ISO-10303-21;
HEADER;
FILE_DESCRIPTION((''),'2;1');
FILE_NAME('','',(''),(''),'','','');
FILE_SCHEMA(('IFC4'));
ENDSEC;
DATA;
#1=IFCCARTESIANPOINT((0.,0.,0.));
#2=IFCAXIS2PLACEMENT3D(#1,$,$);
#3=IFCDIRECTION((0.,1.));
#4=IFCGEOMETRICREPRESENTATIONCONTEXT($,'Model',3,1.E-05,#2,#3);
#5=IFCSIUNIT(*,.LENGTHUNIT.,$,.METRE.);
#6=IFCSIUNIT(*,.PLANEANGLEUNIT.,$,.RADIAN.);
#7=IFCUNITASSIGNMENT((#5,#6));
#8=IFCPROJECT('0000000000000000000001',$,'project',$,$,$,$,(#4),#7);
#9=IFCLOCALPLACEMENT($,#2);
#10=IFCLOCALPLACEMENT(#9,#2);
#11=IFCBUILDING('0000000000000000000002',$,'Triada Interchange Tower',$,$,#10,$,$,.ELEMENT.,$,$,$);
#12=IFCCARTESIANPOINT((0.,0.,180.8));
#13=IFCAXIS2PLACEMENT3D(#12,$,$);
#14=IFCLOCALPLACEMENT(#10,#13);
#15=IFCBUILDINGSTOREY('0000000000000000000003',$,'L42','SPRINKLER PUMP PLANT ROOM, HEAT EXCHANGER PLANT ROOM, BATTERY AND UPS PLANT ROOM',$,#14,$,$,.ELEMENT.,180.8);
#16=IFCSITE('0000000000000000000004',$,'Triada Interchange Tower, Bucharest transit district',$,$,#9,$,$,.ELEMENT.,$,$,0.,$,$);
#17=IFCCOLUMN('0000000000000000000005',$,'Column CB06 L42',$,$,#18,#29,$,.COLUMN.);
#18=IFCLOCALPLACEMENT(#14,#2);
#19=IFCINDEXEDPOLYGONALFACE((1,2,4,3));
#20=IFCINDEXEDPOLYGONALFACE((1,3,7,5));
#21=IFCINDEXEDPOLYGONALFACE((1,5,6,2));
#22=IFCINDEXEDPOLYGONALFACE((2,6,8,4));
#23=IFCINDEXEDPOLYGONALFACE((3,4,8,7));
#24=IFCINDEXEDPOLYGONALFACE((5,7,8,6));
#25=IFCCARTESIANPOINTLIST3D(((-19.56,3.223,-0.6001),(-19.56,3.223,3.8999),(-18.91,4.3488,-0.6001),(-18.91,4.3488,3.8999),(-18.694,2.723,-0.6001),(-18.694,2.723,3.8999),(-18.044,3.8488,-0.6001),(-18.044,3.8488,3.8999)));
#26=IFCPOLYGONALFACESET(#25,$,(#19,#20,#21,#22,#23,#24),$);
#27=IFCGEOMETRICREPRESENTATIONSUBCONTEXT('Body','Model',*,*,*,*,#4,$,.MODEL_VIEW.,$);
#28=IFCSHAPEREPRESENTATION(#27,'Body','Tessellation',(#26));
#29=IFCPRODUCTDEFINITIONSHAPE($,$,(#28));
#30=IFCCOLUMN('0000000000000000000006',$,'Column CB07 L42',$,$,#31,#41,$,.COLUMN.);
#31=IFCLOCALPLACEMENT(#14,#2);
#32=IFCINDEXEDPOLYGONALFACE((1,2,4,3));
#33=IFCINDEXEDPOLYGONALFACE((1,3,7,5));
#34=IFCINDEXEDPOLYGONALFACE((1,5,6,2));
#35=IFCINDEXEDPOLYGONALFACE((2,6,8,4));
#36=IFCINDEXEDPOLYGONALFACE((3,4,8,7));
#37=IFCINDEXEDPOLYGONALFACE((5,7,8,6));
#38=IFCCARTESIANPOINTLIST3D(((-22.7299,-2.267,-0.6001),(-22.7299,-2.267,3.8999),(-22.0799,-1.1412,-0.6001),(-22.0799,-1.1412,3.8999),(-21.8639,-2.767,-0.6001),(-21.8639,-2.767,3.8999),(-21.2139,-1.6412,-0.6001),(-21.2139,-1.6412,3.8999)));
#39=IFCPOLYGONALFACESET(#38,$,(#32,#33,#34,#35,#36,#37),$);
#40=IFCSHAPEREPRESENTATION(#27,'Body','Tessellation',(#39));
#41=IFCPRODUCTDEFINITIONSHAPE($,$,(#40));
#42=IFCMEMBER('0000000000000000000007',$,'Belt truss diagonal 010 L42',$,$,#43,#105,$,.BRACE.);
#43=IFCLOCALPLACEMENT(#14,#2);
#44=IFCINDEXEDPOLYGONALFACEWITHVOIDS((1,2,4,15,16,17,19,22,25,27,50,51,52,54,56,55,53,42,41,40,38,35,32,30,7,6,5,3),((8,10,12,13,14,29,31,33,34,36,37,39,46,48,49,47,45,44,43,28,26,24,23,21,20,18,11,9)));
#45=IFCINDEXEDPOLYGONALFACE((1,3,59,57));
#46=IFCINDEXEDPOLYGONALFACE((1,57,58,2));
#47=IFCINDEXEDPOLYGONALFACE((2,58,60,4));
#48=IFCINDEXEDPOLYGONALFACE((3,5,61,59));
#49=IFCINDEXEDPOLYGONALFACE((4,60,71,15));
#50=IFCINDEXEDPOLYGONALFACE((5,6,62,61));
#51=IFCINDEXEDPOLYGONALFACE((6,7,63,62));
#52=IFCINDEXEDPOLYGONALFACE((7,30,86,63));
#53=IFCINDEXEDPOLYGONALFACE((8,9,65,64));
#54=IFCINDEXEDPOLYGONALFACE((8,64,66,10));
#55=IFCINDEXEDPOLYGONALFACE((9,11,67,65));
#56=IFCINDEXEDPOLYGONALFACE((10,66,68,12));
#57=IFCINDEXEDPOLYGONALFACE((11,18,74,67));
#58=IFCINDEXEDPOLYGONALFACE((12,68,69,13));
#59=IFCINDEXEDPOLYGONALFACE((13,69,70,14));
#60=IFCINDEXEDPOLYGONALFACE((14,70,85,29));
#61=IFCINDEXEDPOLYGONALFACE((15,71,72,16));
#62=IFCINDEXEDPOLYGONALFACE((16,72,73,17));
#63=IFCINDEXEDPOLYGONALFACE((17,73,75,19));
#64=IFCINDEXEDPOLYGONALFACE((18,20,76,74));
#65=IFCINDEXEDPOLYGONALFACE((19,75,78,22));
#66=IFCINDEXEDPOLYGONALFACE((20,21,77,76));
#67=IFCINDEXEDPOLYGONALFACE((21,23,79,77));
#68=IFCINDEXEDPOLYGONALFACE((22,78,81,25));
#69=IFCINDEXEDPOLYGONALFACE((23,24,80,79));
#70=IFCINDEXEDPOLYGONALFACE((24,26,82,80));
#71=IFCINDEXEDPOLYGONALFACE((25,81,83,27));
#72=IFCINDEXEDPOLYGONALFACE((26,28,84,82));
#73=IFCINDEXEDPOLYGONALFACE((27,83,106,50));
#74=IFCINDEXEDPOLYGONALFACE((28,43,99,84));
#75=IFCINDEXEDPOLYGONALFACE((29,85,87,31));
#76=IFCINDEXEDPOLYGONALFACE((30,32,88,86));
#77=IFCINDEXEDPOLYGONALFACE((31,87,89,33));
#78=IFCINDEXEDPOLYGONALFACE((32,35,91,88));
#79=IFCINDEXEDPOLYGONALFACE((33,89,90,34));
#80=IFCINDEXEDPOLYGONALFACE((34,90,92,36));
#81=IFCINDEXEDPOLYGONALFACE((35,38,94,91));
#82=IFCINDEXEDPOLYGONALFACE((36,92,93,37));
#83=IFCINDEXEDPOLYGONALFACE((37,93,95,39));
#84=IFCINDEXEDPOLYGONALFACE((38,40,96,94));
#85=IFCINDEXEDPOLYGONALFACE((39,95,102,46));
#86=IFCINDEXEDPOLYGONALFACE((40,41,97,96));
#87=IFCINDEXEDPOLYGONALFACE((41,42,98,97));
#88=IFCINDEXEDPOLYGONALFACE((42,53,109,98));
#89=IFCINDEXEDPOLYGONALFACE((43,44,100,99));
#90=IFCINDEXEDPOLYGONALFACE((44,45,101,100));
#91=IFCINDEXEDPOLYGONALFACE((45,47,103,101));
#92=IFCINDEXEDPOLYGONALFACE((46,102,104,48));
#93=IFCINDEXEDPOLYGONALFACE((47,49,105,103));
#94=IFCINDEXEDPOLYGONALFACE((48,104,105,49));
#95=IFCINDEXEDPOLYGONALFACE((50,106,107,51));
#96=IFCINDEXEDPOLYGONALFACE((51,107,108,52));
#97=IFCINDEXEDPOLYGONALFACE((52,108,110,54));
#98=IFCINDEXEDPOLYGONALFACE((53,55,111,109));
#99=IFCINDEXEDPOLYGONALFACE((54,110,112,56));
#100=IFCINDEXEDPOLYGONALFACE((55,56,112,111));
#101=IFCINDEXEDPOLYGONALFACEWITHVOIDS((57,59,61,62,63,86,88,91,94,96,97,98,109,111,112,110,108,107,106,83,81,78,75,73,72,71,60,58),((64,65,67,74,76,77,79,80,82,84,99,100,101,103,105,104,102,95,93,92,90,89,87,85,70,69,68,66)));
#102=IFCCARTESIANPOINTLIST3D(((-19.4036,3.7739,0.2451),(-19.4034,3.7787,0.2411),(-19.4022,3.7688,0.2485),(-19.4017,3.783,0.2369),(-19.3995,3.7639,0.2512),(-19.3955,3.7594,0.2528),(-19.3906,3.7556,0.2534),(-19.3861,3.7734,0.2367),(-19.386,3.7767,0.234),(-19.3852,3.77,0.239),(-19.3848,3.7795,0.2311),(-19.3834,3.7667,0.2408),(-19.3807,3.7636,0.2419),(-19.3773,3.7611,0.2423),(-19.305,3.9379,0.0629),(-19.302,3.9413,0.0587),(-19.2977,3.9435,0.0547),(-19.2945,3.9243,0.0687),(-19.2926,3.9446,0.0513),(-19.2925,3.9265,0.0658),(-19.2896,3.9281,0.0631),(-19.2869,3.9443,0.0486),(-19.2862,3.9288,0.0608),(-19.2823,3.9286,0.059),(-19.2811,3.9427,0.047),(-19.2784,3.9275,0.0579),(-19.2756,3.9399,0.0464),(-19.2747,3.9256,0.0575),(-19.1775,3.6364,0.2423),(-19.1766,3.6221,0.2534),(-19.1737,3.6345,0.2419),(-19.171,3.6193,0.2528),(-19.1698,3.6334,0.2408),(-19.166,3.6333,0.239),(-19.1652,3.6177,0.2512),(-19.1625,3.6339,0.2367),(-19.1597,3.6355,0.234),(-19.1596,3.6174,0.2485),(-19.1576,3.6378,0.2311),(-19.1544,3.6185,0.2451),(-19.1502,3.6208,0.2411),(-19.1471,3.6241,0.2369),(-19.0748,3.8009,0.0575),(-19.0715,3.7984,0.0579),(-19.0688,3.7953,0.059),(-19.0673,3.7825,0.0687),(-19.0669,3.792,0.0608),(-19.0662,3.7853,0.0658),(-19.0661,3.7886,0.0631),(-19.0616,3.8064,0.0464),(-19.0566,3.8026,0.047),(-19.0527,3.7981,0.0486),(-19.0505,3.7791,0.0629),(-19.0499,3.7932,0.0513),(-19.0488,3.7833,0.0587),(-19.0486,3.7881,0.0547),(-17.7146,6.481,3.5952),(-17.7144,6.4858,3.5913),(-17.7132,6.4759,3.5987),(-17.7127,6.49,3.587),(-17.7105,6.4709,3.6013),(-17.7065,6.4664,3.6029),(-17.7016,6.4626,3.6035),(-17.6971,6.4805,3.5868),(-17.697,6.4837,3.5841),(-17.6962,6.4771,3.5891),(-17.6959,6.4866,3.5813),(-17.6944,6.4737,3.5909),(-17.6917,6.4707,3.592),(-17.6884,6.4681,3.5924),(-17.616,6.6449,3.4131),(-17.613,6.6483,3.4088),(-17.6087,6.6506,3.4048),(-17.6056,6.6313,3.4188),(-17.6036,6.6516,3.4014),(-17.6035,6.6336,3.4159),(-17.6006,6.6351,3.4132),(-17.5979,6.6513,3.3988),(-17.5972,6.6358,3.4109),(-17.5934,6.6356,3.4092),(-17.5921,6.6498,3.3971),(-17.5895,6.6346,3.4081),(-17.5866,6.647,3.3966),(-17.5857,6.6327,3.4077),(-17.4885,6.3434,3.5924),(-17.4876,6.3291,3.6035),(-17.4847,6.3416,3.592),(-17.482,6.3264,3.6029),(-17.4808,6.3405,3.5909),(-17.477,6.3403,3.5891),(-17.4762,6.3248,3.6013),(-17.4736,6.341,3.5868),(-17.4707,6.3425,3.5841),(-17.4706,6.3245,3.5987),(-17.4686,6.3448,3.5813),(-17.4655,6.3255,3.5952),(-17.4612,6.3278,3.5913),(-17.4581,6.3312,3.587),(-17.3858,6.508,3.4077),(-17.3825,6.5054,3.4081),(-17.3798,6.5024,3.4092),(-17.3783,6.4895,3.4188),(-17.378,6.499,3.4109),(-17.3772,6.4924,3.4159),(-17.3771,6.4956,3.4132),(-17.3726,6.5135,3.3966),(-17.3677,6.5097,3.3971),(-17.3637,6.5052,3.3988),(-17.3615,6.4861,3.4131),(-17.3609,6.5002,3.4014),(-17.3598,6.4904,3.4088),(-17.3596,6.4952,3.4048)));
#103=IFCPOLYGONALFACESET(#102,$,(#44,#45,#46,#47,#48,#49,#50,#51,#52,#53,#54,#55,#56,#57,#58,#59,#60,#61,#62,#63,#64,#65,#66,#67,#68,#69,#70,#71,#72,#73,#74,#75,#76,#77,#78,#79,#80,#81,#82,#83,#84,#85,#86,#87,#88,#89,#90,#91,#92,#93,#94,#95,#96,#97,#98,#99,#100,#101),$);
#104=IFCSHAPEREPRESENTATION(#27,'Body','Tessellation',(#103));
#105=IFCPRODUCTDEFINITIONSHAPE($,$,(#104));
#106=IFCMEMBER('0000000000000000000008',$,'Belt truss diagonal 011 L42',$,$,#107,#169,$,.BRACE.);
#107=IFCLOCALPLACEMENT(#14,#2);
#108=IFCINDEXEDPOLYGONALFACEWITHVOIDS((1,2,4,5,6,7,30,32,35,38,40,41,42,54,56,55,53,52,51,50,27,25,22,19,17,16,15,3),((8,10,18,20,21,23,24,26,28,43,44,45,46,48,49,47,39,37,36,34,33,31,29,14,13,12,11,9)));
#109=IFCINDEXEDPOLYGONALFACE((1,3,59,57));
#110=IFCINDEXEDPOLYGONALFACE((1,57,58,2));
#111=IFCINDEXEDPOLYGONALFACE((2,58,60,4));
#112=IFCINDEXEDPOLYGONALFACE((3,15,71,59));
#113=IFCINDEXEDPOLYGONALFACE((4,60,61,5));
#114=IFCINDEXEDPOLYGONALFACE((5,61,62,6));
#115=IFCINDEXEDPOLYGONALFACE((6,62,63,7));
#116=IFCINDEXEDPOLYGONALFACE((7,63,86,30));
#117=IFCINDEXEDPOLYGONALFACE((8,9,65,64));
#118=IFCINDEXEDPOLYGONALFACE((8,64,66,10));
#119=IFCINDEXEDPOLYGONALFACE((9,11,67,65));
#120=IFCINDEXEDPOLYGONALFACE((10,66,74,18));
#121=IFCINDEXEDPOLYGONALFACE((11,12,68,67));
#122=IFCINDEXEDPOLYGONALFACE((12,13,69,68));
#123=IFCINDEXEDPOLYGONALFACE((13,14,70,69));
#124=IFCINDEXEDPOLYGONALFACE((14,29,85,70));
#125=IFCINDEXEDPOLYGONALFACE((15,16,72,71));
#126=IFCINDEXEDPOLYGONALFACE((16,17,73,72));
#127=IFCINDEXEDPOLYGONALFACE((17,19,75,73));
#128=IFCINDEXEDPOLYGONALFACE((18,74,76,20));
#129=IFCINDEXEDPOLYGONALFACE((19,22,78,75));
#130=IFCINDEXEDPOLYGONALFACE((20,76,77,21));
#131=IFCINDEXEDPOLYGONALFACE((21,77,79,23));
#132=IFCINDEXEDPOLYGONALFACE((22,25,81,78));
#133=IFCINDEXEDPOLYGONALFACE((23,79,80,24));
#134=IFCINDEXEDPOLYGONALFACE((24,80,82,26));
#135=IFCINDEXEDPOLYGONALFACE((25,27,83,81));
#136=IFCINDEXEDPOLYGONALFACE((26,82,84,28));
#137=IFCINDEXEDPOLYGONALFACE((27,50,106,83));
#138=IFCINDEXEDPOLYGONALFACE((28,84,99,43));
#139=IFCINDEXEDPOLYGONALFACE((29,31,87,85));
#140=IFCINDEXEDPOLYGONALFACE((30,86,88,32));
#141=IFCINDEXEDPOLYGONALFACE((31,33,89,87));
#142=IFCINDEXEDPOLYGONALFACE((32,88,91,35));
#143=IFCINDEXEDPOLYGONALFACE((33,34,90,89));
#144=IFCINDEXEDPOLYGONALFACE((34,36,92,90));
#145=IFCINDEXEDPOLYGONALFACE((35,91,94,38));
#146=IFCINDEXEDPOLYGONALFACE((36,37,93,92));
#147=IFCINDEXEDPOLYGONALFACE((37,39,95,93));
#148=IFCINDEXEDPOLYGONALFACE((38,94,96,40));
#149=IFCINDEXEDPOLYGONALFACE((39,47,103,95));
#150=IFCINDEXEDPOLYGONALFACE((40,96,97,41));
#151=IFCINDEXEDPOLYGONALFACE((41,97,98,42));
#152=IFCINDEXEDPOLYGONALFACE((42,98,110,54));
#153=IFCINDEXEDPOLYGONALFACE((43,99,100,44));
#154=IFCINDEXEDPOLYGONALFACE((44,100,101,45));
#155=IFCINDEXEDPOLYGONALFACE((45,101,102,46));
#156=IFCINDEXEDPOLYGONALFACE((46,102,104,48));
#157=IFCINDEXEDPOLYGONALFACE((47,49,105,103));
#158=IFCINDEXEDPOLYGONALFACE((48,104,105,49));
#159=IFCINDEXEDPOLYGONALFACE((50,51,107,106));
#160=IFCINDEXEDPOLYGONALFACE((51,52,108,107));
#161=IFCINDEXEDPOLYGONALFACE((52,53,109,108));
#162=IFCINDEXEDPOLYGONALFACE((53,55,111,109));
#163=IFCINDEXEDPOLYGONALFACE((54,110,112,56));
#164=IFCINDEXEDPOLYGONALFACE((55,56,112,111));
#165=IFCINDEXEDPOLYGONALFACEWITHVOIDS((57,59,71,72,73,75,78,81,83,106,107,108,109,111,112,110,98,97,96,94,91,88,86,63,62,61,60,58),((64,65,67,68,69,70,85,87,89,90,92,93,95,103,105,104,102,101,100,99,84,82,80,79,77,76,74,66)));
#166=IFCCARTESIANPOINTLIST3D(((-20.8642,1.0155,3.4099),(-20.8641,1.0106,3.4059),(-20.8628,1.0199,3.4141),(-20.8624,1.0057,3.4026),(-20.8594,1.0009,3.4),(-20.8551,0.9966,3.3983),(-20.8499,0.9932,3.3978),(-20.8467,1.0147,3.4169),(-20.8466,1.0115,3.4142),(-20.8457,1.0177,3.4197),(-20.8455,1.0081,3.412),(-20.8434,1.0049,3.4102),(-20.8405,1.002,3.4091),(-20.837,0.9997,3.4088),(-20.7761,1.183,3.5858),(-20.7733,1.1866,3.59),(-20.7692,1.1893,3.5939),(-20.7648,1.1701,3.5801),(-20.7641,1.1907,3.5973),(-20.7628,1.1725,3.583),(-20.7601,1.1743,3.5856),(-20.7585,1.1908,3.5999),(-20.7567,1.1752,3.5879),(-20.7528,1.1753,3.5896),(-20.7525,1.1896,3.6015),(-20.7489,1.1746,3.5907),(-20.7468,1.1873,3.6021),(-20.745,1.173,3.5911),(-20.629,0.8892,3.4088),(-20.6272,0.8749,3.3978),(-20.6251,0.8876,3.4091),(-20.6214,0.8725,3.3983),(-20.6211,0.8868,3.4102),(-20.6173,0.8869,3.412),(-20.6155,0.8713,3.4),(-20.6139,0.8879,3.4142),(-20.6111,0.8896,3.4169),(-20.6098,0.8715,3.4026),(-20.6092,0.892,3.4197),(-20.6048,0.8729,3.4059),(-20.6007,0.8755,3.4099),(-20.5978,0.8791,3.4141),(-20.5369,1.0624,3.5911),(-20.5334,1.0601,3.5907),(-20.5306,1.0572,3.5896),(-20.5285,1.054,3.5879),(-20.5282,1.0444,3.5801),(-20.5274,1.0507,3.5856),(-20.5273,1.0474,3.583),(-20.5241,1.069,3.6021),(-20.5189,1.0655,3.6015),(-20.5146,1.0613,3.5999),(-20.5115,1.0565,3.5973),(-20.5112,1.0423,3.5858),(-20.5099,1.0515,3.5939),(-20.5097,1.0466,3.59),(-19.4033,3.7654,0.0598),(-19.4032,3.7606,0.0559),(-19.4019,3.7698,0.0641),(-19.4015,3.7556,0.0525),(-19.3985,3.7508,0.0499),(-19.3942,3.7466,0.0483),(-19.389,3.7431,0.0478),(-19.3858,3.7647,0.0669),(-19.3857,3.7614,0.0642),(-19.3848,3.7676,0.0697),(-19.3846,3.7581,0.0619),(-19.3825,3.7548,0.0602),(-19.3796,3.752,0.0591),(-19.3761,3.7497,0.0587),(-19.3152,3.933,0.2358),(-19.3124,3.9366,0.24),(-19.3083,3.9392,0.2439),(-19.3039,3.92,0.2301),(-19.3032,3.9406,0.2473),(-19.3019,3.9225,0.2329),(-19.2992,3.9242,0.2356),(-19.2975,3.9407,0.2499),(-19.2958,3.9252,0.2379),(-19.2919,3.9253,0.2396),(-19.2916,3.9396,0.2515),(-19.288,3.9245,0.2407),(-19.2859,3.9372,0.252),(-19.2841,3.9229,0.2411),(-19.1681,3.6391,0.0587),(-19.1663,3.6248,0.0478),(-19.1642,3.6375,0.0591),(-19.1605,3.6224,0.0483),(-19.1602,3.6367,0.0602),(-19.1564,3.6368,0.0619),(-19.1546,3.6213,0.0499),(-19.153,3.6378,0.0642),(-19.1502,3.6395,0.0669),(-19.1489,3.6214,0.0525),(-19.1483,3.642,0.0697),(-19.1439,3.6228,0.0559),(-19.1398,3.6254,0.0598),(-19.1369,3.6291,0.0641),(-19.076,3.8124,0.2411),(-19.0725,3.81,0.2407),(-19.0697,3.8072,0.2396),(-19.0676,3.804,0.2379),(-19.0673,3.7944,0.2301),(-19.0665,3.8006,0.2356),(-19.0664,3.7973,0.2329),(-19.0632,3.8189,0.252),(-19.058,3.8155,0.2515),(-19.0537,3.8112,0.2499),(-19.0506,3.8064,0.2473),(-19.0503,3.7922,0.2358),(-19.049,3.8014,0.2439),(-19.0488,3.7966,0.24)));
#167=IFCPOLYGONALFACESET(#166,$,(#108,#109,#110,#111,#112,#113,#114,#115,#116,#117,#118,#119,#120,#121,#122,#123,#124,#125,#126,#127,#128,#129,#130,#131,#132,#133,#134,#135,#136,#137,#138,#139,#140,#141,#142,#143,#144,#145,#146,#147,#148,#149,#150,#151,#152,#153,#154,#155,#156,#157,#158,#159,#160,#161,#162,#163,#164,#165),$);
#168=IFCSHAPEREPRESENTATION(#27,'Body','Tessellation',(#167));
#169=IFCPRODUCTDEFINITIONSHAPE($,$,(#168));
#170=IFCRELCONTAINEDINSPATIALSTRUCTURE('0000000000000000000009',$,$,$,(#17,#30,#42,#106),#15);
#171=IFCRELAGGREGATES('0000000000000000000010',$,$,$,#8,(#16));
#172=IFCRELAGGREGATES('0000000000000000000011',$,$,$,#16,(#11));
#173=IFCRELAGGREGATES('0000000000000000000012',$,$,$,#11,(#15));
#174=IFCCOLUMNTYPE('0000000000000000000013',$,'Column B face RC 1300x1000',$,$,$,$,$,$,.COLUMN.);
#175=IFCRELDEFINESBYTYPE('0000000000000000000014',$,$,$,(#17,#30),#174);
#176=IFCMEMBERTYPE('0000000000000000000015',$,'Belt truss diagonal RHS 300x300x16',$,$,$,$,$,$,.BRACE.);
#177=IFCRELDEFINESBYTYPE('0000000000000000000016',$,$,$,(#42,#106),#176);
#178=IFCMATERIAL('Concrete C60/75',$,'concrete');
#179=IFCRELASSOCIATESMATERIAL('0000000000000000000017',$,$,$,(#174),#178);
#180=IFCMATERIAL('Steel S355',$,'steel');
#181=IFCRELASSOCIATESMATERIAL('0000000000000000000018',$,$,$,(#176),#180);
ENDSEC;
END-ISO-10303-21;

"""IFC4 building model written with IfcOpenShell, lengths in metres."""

from ifc_helpers import new_model, si_unit, direction, frame, origin, origin_2d, place, context, subcontext, project, spatial, rectangle, hollow_rectangle, extrude, material, material_profile, profile_set, type_object, element, save


model = new_model("IFC4")

# Units and contexts
model_context = context("Model", 3, precision=1e-05, world=origin(), true_north=direction((0.0, 1.0)))
body_context = subcontext(model_context, "Body", "Model", "MODEL_VIEW")
ifc_project = project(units=[si_unit("LENGTHUNIT", "METRE"), si_unit("PLANEANGLEUNIT", "RADIAN")], contexts=[model_context])

# Site, building, storey
site_placement = place(None, origin())
site = spatial("IfcSite", under=ifc_project, at=site_placement, Name="Triada Interchange Tower, Bucharest transit district", CompositionType="ELEMENT", RefElevation=0.0)
building_placement = place(site_placement, origin())
building = spatial("IfcBuilding", under=site, at=building_placement, Name="Triada Interchange Tower", CompositionType="ELEMENT")
storey_placement = place(building_placement, frame((0.0, 0.0, 180.8)))
storey = spatial("IfcBuildingStorey", under=building, at=storey_placement, Name="L42", Description="SPRINKLER PUMP PLANT ROOM, HEAT EXCHANGER PLANT ROOM, BATTERY AND UPS PLANT ROOM", CompositionType="ELEMENT", Elevation=180.8)

# Columns
ifc_material_1 = material(Name="Concrete C60/75", Category="concrete")
ifc_material_profile_1 = material_profile(ifc_material_1, rectangle(XDim=1.3, YDim=1.0, at=origin_2d()), Name="RC 1300x1000")
ifc_profile_set_1 = profile_set([ifc_material_profile_1], Name="Concrete C60/75")
column_type = type_object("IfcColumnType", Name="Column B face RC 1300x1000", PredefinedType="COLUMN", material=ifc_profile_set_1)
for number, where, z_axis, x_axis, name in (
    (1, (-18.802, 3.5359, -0.6001), (0.0, 0.0, 1.0), (0.5, 0.866025, 0.0), "Column CB06 L42"),
    (2, (-21.9719, -1.9541, -0.6001), (0.0, 0.0, 1.0), (0.5, 0.866025, 0.0), "Column CB07 L42"),
):
    element("IfcColumn", number, at=place(storey_placement, frame(where, z_axis=z_axis, x_axis=x_axis)), inside=storey, type_object=column_type, Name=name, PredefinedType="COLUMN", context=body_context, shape_type="SweptSolid", body=[
        extrude(rectangle(XDim=1.3, YDim=1.0, at=origin_2d()), origin(), (0.0, 0.0, 1.0), 4.5),
    ])

# Members
ifc_material_2 = material(Name="Steel S355", Category="steel")
ifc_material_profile_2 = material_profile(ifc_material_2, hollow_rectangle(XDim=0.3, YDim=0.3, WallThickness=0.0161, InnerFilletRadius=0.0161, OuterFilletRadius=0.0239, at=origin_2d()), Name="RHS 300x300x16")
ifc_profile_set_2 = profile_set([ifc_material_profile_2], Name="Steel S355")
member_type = type_object("IfcMemberType", Name="Belt truss diagonal RHS 300x300x16", PredefinedType="BRACE", material=ifc_profile_set_2)
member_1_placement = place(storey_placement, frame((-19.2261, 3.781, 0.1499), z_axis=(0.365069, 0.585124, 0.724123), x_axis=(-0.848411, 0.529339, 0.0)))
element("IfcMember", 3, at=member_1_placement, inside=storey, type_object=member_type, Name="Belt truss diagonal 010 L42", PredefinedType="BRACE", context=body_context, shape_type="SweptSolid", body=[
    extrude(hollow_rectangle(XDim=0.3, YDim=0.3, WallThickness=0.0161, InnerFilletRadius=0.0161, OuterFilletRadius=0.0239, at=origin_2d()), origin(), (0.0, 0.0, 1.0), 4.6265),
])
member_2_placement = place(storey_placement, frame((-19.2261, 3.781, 0.1499), z_axis=(-0.319412, -0.601246, 0.732448), x_axis=(0.883116, -0.469155, 0.0)))
element("IfcMember", 4, at=member_2_placement, inside=storey, type_object=member_type, Name="Belt truss diagonal 011 L42", PredefinedType="BRACE", context=body_context, shape_type="SweptSolid", body=[
    extrude(hollow_rectangle(XDim=0.3, YDim=0.3, WallThickness=0.0161, InnerFilletRadius=0.0161, OuterFilletRadius=0.0239, at=origin_2d()), origin(), (0.0, 0.0, 1.0), 4.5737),
])

save(model, "model.ifc")
